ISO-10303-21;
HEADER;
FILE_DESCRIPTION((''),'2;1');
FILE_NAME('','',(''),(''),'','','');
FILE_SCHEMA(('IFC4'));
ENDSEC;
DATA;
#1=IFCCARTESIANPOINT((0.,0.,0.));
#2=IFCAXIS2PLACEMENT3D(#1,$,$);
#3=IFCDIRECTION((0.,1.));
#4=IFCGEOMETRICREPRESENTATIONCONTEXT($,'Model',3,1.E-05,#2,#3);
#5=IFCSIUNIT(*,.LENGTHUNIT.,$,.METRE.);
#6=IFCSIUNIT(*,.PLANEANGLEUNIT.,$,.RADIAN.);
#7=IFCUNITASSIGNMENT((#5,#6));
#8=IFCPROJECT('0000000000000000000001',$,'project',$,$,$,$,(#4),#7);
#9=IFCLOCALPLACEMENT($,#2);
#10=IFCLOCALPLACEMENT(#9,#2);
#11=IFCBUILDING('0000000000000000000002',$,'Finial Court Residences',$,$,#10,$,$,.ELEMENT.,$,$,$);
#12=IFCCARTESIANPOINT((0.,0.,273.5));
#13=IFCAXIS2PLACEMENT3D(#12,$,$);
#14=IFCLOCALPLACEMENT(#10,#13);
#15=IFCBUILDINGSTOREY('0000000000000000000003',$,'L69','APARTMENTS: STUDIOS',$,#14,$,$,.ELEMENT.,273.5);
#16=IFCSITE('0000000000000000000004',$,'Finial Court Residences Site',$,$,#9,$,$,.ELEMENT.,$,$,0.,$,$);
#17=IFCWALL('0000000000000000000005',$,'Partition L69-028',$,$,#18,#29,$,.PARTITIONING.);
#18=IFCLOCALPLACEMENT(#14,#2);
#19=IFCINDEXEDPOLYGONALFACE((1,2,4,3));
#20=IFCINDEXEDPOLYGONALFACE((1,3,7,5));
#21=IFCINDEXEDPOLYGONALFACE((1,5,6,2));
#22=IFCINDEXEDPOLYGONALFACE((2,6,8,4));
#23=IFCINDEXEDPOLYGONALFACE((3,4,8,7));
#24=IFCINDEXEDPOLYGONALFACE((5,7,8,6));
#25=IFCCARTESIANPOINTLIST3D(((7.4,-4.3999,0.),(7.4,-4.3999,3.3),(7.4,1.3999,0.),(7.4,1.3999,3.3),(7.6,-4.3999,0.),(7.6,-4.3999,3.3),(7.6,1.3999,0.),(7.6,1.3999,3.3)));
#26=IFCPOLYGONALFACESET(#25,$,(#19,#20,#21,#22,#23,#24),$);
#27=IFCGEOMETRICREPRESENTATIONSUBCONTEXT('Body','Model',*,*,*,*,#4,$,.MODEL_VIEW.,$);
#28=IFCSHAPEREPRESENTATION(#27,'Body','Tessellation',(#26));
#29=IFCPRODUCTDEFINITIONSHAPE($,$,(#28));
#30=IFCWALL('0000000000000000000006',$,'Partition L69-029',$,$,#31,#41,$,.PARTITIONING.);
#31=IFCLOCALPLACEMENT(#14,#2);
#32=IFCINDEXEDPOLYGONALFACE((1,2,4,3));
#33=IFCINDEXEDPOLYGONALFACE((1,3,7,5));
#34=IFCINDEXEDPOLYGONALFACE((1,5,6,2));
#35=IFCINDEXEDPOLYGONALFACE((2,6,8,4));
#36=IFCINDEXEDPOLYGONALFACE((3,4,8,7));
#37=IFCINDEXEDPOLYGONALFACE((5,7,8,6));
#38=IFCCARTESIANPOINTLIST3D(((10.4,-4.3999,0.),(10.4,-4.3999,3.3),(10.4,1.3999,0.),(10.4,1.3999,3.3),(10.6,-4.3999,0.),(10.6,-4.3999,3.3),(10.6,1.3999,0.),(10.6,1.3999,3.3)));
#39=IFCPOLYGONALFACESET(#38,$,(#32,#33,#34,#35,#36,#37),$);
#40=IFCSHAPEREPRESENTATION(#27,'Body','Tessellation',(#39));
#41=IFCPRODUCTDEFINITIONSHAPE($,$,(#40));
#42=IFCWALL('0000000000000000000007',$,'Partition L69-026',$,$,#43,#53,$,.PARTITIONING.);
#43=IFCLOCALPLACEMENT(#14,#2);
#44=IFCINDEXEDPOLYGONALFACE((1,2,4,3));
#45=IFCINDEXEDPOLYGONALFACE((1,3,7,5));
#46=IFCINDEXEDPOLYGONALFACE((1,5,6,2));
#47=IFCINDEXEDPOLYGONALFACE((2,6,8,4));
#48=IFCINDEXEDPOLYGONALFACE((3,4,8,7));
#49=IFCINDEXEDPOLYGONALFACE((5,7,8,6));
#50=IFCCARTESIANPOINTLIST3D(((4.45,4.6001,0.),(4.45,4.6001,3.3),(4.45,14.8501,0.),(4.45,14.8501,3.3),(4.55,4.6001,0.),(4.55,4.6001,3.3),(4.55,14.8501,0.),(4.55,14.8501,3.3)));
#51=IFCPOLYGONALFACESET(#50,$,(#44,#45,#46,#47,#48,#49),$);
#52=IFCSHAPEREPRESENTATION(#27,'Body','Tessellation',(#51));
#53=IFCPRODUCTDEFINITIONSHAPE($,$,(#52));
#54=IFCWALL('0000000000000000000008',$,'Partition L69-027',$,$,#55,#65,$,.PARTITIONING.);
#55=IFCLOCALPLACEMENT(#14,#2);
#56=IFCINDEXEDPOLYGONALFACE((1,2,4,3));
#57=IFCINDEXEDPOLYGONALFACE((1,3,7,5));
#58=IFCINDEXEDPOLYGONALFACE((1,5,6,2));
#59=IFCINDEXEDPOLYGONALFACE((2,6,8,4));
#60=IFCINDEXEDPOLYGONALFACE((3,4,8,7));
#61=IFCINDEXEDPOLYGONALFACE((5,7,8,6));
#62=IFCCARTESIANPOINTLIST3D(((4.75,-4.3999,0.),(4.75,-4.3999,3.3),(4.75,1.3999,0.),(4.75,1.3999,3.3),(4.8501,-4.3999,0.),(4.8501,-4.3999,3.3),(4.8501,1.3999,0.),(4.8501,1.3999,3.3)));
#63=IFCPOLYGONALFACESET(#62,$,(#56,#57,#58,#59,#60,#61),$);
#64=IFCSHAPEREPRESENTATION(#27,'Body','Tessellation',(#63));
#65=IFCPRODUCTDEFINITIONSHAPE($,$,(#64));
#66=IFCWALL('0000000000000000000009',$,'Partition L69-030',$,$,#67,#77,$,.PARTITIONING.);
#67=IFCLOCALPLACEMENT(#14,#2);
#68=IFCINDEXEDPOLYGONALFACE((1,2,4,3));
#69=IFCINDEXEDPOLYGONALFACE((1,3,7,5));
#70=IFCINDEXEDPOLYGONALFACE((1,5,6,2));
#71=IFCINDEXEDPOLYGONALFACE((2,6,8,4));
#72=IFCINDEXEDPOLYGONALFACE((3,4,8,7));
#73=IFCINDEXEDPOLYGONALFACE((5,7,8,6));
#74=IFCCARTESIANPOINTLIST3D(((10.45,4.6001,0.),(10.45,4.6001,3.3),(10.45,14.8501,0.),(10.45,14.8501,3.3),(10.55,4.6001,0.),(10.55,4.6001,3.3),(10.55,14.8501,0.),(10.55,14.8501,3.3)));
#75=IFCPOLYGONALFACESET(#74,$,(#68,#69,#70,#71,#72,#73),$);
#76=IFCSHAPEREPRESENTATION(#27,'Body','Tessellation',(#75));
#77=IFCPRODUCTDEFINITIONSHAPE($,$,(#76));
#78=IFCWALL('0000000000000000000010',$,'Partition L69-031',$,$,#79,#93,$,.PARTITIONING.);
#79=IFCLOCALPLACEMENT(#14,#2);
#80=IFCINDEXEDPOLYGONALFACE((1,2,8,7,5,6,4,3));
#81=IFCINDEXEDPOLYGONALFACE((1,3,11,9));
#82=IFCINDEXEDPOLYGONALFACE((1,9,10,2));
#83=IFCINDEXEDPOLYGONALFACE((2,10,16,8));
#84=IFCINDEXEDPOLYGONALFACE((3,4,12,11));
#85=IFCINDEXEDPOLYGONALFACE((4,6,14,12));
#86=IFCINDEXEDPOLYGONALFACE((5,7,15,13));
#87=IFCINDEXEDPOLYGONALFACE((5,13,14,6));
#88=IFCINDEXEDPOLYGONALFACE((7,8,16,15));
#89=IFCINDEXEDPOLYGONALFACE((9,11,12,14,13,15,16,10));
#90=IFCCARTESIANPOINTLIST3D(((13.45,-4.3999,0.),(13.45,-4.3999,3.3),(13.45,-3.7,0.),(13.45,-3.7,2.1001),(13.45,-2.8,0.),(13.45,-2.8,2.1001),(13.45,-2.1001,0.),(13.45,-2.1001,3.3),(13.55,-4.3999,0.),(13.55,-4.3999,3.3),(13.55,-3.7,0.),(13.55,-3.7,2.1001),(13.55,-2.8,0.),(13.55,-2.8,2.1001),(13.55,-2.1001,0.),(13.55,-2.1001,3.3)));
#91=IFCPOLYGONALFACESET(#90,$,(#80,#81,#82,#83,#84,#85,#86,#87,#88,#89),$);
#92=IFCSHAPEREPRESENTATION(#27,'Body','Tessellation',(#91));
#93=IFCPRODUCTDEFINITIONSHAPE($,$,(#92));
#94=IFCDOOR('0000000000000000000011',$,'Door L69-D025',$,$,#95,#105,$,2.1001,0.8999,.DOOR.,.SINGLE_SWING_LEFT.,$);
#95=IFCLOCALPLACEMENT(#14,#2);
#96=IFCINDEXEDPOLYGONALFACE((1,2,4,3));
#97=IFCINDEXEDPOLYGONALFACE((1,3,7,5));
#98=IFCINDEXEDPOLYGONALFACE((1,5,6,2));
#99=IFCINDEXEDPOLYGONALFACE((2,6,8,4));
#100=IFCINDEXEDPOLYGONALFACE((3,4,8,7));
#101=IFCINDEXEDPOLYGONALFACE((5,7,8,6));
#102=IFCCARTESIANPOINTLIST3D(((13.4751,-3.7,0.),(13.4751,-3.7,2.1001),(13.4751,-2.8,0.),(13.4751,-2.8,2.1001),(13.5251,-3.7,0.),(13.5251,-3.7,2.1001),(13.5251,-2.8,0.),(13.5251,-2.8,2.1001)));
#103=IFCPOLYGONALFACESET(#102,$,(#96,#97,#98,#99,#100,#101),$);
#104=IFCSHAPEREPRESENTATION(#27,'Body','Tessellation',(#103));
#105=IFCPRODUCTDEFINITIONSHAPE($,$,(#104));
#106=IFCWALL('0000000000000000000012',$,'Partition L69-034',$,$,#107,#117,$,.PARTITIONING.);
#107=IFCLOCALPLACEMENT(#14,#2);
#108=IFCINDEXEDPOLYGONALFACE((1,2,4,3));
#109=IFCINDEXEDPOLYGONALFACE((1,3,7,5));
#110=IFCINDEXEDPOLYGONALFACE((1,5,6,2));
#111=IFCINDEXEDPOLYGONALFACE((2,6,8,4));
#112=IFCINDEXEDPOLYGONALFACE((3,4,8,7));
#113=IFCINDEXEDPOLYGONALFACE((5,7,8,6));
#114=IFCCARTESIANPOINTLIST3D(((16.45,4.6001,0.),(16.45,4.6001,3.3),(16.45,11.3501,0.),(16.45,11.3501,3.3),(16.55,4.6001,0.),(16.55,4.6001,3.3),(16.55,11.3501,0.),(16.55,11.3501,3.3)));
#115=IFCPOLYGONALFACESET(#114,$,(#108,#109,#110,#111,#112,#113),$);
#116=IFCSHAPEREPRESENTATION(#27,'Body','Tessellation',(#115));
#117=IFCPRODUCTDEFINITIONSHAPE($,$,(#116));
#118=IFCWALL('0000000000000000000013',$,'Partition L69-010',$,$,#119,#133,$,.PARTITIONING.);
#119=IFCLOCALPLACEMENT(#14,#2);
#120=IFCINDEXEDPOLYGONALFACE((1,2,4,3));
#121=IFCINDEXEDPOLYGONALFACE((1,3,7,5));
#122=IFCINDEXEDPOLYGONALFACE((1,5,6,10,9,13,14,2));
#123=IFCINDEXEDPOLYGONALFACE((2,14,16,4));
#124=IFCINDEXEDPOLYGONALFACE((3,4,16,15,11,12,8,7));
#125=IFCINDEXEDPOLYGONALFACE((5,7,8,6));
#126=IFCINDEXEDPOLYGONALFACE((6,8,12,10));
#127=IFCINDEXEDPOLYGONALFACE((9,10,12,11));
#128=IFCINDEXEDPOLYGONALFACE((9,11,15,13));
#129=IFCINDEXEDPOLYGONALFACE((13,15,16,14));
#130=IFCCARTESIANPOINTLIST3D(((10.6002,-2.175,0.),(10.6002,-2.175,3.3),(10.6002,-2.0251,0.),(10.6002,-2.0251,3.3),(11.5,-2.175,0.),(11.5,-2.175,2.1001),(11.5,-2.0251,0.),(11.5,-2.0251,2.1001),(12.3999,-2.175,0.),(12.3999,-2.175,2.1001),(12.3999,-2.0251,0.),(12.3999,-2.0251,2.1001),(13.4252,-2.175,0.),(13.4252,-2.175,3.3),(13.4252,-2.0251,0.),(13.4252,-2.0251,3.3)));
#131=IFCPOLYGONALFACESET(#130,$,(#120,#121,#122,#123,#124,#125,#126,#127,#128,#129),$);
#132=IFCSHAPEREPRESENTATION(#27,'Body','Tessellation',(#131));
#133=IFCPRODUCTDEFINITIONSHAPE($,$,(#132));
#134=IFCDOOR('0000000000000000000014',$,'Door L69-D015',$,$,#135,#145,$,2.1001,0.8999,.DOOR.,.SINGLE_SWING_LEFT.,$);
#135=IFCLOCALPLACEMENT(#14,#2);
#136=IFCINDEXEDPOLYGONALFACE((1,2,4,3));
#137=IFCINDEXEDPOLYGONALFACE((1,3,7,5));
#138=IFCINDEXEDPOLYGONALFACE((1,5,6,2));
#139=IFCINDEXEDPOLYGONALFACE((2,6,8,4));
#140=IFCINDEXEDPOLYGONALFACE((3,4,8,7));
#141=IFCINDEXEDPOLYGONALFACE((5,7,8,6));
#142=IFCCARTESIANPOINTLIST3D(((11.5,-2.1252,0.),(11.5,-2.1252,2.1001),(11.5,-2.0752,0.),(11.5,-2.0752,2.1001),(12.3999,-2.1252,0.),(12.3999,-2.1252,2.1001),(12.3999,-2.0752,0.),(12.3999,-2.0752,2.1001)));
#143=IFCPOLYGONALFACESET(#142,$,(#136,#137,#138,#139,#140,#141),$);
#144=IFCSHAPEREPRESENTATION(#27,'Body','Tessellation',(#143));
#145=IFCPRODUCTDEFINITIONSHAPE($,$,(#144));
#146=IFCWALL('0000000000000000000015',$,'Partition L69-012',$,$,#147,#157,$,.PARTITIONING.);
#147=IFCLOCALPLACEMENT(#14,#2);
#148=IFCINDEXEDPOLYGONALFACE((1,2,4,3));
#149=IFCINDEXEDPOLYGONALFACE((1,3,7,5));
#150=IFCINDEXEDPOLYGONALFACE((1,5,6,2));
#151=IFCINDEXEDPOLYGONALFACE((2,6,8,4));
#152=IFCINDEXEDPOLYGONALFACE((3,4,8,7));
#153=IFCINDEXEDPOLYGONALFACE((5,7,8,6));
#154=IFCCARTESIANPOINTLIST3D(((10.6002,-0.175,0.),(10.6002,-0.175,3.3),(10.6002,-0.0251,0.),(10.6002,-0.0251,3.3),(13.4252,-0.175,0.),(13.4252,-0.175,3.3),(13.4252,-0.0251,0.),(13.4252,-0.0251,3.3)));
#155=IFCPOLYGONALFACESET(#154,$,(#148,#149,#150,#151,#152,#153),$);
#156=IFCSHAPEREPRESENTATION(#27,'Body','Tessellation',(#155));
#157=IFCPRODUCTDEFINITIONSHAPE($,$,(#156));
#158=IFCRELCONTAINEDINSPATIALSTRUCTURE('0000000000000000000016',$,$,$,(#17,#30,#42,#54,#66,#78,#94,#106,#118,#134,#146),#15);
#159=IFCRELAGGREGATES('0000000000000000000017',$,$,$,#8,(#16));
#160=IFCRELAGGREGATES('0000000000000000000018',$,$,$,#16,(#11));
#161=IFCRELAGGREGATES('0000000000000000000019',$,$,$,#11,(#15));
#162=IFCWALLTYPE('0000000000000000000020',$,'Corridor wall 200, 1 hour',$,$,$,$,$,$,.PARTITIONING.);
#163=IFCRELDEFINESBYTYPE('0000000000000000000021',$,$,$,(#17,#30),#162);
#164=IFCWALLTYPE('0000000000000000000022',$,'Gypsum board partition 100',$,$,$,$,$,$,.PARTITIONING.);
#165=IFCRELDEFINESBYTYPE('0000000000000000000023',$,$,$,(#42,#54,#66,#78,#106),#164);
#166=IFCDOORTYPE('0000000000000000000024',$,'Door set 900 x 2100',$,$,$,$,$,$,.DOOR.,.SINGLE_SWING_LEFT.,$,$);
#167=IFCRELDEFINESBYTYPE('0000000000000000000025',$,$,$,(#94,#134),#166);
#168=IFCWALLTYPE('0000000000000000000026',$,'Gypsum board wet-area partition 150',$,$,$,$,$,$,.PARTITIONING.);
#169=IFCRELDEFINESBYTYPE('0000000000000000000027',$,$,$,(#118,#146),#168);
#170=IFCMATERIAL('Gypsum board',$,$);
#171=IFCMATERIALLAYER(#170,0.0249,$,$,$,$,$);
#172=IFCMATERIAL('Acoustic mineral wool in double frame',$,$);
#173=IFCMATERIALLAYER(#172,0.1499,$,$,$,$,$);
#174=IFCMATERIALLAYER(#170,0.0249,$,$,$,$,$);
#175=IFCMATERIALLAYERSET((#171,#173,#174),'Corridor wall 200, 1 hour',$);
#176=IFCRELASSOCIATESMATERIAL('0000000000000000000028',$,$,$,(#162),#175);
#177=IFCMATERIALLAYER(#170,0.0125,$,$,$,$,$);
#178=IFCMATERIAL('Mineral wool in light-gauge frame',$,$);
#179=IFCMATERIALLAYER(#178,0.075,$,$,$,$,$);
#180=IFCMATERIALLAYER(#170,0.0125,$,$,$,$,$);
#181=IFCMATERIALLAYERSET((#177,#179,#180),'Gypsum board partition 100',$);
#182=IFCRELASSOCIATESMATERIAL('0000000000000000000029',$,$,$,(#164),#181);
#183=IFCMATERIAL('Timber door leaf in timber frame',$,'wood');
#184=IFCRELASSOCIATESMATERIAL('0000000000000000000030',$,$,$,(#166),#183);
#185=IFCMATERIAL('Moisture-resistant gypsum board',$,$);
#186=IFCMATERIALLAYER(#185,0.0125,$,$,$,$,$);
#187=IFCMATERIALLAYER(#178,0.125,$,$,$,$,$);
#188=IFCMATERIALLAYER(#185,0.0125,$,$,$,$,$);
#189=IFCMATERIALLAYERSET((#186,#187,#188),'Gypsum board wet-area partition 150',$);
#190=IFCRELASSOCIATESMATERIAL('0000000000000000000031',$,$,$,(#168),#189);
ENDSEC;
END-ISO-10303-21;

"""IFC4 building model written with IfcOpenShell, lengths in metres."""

from ifc_helpers import new_model, si_unit, direction, frame, frame_2d, origin, place, context, subcontext, project, spatial, rectangle, extrude, material, layer, layer_set, type_object, element, fill, save


model = new_model("IFC4")

# Units and contexts
model_context = context("Model", 3, precision=1e-05, world=origin(), true_north=direction((0.0, 1.0)))
body_context = subcontext(model_context, "Body", "Model", "MODEL_VIEW")
ifc_project = project(units=[si_unit("LENGTHUNIT", "METRE"), si_unit("PLANEANGLEUNIT", "RADIAN")], contexts=[model_context])

# Site, building, storey
site_placement = place(None, origin())
site = spatial("IfcSite", under=ifc_project, at=site_placement, Name="Finial Court Residences Site", CompositionType="ELEMENT", RefElevation=0.0)
building_placement = place(site_placement, origin())
building = spatial("IfcBuilding", under=site, at=building_placement, Name="Finial Court Residences", CompositionType="ELEMENT")
storey_placement = place(building_placement, frame((0.0, 0.0, 273.5)))
storey = spatial("IfcBuildingStorey", under=building, at=storey_placement, Name="L69", Description="APARTMENTS: STUDIOS", CompositionType="ELEMENT", Elevation=273.5)

# Walls
ifc_material_1 = material(Name="Gypsum board")
ifc_layer_1 = layer(ifc_material_1, 0.0249)
ifc_material_2 = material(Name="Acoustic mineral wool in double frame")
ifc_layer_2 = layer(ifc_material_2, 0.1499)
ifc_layer_3 = layer(ifc_material_1, 0.0249)
ifc_layer_set_1 = layer_set([ifc_layer_1, ifc_layer_2, ifc_layer_3], Name="Corridor wall 200, 1 hour")
wall_type_1 = type_object("IfcWallType", Name="Corridor wall 200, 1 hour", PredefinedType="PARTITIONING", material=ifc_layer_set_1)
for number, where, z_axis, x_axis, name in (
    (1, (7.5, -4.3999, 0.0), (0.0, 0.0, 1.0), (0.0, 1.0, 0.0), "Partition L69-028"),
    (2, (10.5, -4.3999, 0.0), (0.0, 0.0, 1.0), (0.0, 1.0, 0.0), "Partition L69-029"),
):
    element("IfcWall", number, at=place(storey_placement, frame(where, z_axis=z_axis, x_axis=x_axis)), inside=storey, type_object=wall_type_1, Name=name, PredefinedType="PARTITIONING", context=body_context, shape_type="SweptSolid", body=[
        extrude(rectangle(XDim=5.7998, YDim=0.2, at=frame_2d((2.8999, 0.0))), origin(), (0.0, 0.0, 1.0), 3.3),
    ])
ifc_layer_4 = layer(ifc_material_1, 0.0125)
ifc_material_3 = material(Name="Mineral wool in light-gauge frame")
ifc_layer_5 = layer(ifc_material_3, 0.075)
ifc_layer_6 = layer(ifc_material_1, 0.0125)
ifc_layer_set_2 = layer_set([ifc_layer_4, ifc_layer_5, ifc_layer_6], Name="Gypsum board partition 100")
wall_type_2 = type_object("IfcWallType", Name="Gypsum board partition 100", PredefinedType="PARTITIONING", material=ifc_layer_set_2)
wall_1_placement = place(storey_placement, frame((4.5, 4.6001, 0.0), z_axis=(0.0, 0.0, 1.0), x_axis=(0.0, 1.0, 0.0)))
element("IfcWall", 3, at=wall_1_placement, inside=storey, type_object=wall_type_2, Name="Partition L69-026", PredefinedType="PARTITIONING", context=body_context, shape_type="SweptSolid", body=[
    extrude(rectangle(XDim=10.25, YDim=0.1001, at=frame_2d((5.125, 0.0))), origin(), (0.0, 0.0, 1.0), 3.3),
])
wall_2_placement = place(storey_placement, frame((4.8, -4.3999, 0.0), z_axis=(0.0, 0.0, 1.0), x_axis=(0.0, 1.0, 0.0)))
element("IfcWall", 4, at=wall_2_placement, inside=storey, type_object=wall_type_2, Name="Partition L69-027", PredefinedType="PARTITIONING", context=body_context, shape_type="SweptSolid", body=[
    extrude(rectangle(XDim=5.7998, YDim=0.1001, at=frame_2d((2.8999, 0.0))), origin(), (0.0, 0.0, 1.0), 3.3),
])
wall_3_placement = place(storey_placement, frame((10.5, 4.6001, 0.0), z_axis=(0.0, 0.0, 1.0), x_axis=(0.0, 1.0, 0.0)))
element("IfcWall", 5, at=wall_3_placement, inside=storey, type_object=wall_type_2, Name="Partition L69-030", PredefinedType="PARTITIONING", context=body_context, shape_type="SweptSolid", body=[
    extrude(rectangle(XDim=10.25, YDim=0.1001, at=frame_2d((5.125, 0.0))), origin(), (0.0, 0.0, 1.0), 3.3),
])

# Wall, opening, door
wall_4_placement = place(storey_placement, frame((13.5, -4.3999, 0.0), z_axis=(0.0, 0.0, 1.0), x_axis=(0.0, 1.0, 0.0)))
wall_4 = element("IfcWall", 6, at=wall_4_placement, inside=storey, type_object=wall_type_2, Name="Partition L69-031", PredefinedType="PARTITIONING", context=body_context, shape_type="SweptSolid", body=[
    extrude(rectangle(XDim=2.2998, YDim=0.1001, at=frame_2d((1.1499, 0.0))), origin(), (0.0, 0.0, 1.0), 3.3),
])
opening_1_placement = place(wall_4_placement, frame((0.7, 0.0, 0.0)))
opening_1 = element("IfcOpeningElement", 7, at=opening_1_placement, cuts=wall_4, PredefinedType="OPENING", context=body_context, shape_type="SweptSolid", body=[
    extrude(rectangle(XDim=0.8999, YDim=2.1001, at=frame_2d((0.45, 1.05))), frame((0.0, 0.0601, 0.0), z_axis=(0.0, -1.0, 0.0), x_axis=(1.0, 0.0, 0.0)), (0.0, 0.0, 1.0), 0.1201),
])
ifc_material_4 = material(Name="Timber door leaf in timber frame", Category="wood")
door_type = type_object("IfcDoorType", Name="Door set 900 x 2100", OperationType="SINGLE_SWING_LEFT", PredefinedType="DOOR", material=ifc_material_4)
door_1_placement = place(opening_1_placement, origin())
door_1 = element("IfcDoor", 8, at=door_1_placement, inside=storey, type_object=door_type, Name="Door L69-D025", OperationType="SINGLE_SWING_LEFT", OverallHeight=2.1001, OverallWidth=0.8999, PredefinedType="DOOR", context=body_context, shape_type="SweptSolid", body=[
    extrude(rectangle(XDim=0.8999, YDim=2.1001, at=frame_2d((0.45, 1.05))), frame((0.0, 0.0249, 0.0), z_axis=(0.0, -1.0, 0.0), x_axis=(1.0, 0.0, 0.0)), (0.0, 0.0, 1.0), 0.05),
])
fill(opening_1, door_1)

# Wall
wall_5_placement = place(storey_placement, frame((16.5, 4.6001, 0.0), z_axis=(0.0, 0.0, 1.0), x_axis=(0.0, 1.0, 0.0)))
element("IfcWall", 9, at=wall_5_placement, inside=storey, type_object=wall_type_2, Name="Partition L69-034", PredefinedType="PARTITIONING", context=body_context, shape_type="SweptSolid", body=[
    extrude(rectangle(XDim=6.75, YDim=0.1001, at=frame_2d((3.375, 0.0))), origin(), (0.0, 0.0, 1.0), 3.3),
])

# Wall, opening, door
ifc_material_5 = material(Name="Moisture-resistant gypsum board")
ifc_layer_7 = layer(ifc_material_5, 0.0125)
ifc_layer_8 = layer(ifc_material_3, 0.125)
ifc_layer_9 = layer(ifc_material_5, 0.0125)
ifc_layer_set_3 = layer_set([ifc_layer_7, ifc_layer_8, ifc_layer_9], Name="Gypsum board wet-area partition 150")
wall_type_3 = type_object("IfcWallType", Name="Gypsum board wet-area partition 150", PredefinedType="PARTITIONING", material=ifc_layer_set_3)
wall_6_placement = place(storey_placement, frame((10.6001, -2.1001, 0.0), z_axis=(0.0, 0.0, 1.0), x_axis=(1.0, 0.0, 0.0)))
wall_6 = element("IfcWall", 10, at=wall_6_placement, inside=storey, type_object=wall_type_3, Name="Partition L69-010", PredefinedType="PARTITIONING", context=body_context, shape_type="SweptSolid", body=[
    extrude(rectangle(XDim=2.825, YDim=0.1499, at=frame_2d((1.4126, 0.0))), origin(), (0.0, 0.0, 1.0), 3.3),
])
opening_2_placement = place(wall_6_placement, frame((0.8999, 0.0, 0.0)))
opening_2 = element("IfcOpeningElement", 11, at=opening_2_placement, cuts=wall_6, PredefinedType="OPENING", context=body_context, shape_type="SweptSolid", body=[
    extrude(rectangle(XDim=0.8999, YDim=2.1001, at=frame_2d((0.45, 1.05))), frame((0.0, 0.085, 0.0), z_axis=(0.0, -1.0, 0.0), x_axis=(1.0, 0.0, 0.0)), (0.0, 0.0, 1.0), 0.1699),
])
door_2_placement = place(opening_2_placement, origin())
door_2 = element("IfcDoor", 12, at=door_2_placement, inside=storey, type_object=door_type, Name="Door L69-D015", OperationType="SINGLE_SWING_LEFT", OverallHeight=2.1001, OverallWidth=0.8999, PredefinedType="DOOR", context=body_context, shape_type="SweptSolid", body=[
    extrude(rectangle(XDim=0.8999, YDim=2.1001, at=frame_2d((0.45, 1.05))), frame((0.0, 0.0249, 0.0), z_axis=(0.0, -1.0, 0.0), x_axis=(1.0, 0.0, 0.0)), (0.0, 0.0, 1.0), 0.05),
])
fill(opening_2, door_2)

# Wall
wall_7_placement = place(storey_placement, frame((10.6001, -0.1001, 0.0), z_axis=(0.0, 0.0, 1.0), x_axis=(1.0, 0.0, 0.0)))
element("IfcWall", 13, at=wall_7_placement, inside=storey, type_object=wall_type_3, Name="Partition L69-012", PredefinedType="PARTITIONING", context=body_context, shape_type="SweptSolid", body=[
    extrude(rectangle(XDim=2.825, YDim=0.1499, at=frame_2d((1.4126, 0.0))), origin(), (0.0, 0.0, 1.0), 3.3),
])

save(model, "model.ifc")
